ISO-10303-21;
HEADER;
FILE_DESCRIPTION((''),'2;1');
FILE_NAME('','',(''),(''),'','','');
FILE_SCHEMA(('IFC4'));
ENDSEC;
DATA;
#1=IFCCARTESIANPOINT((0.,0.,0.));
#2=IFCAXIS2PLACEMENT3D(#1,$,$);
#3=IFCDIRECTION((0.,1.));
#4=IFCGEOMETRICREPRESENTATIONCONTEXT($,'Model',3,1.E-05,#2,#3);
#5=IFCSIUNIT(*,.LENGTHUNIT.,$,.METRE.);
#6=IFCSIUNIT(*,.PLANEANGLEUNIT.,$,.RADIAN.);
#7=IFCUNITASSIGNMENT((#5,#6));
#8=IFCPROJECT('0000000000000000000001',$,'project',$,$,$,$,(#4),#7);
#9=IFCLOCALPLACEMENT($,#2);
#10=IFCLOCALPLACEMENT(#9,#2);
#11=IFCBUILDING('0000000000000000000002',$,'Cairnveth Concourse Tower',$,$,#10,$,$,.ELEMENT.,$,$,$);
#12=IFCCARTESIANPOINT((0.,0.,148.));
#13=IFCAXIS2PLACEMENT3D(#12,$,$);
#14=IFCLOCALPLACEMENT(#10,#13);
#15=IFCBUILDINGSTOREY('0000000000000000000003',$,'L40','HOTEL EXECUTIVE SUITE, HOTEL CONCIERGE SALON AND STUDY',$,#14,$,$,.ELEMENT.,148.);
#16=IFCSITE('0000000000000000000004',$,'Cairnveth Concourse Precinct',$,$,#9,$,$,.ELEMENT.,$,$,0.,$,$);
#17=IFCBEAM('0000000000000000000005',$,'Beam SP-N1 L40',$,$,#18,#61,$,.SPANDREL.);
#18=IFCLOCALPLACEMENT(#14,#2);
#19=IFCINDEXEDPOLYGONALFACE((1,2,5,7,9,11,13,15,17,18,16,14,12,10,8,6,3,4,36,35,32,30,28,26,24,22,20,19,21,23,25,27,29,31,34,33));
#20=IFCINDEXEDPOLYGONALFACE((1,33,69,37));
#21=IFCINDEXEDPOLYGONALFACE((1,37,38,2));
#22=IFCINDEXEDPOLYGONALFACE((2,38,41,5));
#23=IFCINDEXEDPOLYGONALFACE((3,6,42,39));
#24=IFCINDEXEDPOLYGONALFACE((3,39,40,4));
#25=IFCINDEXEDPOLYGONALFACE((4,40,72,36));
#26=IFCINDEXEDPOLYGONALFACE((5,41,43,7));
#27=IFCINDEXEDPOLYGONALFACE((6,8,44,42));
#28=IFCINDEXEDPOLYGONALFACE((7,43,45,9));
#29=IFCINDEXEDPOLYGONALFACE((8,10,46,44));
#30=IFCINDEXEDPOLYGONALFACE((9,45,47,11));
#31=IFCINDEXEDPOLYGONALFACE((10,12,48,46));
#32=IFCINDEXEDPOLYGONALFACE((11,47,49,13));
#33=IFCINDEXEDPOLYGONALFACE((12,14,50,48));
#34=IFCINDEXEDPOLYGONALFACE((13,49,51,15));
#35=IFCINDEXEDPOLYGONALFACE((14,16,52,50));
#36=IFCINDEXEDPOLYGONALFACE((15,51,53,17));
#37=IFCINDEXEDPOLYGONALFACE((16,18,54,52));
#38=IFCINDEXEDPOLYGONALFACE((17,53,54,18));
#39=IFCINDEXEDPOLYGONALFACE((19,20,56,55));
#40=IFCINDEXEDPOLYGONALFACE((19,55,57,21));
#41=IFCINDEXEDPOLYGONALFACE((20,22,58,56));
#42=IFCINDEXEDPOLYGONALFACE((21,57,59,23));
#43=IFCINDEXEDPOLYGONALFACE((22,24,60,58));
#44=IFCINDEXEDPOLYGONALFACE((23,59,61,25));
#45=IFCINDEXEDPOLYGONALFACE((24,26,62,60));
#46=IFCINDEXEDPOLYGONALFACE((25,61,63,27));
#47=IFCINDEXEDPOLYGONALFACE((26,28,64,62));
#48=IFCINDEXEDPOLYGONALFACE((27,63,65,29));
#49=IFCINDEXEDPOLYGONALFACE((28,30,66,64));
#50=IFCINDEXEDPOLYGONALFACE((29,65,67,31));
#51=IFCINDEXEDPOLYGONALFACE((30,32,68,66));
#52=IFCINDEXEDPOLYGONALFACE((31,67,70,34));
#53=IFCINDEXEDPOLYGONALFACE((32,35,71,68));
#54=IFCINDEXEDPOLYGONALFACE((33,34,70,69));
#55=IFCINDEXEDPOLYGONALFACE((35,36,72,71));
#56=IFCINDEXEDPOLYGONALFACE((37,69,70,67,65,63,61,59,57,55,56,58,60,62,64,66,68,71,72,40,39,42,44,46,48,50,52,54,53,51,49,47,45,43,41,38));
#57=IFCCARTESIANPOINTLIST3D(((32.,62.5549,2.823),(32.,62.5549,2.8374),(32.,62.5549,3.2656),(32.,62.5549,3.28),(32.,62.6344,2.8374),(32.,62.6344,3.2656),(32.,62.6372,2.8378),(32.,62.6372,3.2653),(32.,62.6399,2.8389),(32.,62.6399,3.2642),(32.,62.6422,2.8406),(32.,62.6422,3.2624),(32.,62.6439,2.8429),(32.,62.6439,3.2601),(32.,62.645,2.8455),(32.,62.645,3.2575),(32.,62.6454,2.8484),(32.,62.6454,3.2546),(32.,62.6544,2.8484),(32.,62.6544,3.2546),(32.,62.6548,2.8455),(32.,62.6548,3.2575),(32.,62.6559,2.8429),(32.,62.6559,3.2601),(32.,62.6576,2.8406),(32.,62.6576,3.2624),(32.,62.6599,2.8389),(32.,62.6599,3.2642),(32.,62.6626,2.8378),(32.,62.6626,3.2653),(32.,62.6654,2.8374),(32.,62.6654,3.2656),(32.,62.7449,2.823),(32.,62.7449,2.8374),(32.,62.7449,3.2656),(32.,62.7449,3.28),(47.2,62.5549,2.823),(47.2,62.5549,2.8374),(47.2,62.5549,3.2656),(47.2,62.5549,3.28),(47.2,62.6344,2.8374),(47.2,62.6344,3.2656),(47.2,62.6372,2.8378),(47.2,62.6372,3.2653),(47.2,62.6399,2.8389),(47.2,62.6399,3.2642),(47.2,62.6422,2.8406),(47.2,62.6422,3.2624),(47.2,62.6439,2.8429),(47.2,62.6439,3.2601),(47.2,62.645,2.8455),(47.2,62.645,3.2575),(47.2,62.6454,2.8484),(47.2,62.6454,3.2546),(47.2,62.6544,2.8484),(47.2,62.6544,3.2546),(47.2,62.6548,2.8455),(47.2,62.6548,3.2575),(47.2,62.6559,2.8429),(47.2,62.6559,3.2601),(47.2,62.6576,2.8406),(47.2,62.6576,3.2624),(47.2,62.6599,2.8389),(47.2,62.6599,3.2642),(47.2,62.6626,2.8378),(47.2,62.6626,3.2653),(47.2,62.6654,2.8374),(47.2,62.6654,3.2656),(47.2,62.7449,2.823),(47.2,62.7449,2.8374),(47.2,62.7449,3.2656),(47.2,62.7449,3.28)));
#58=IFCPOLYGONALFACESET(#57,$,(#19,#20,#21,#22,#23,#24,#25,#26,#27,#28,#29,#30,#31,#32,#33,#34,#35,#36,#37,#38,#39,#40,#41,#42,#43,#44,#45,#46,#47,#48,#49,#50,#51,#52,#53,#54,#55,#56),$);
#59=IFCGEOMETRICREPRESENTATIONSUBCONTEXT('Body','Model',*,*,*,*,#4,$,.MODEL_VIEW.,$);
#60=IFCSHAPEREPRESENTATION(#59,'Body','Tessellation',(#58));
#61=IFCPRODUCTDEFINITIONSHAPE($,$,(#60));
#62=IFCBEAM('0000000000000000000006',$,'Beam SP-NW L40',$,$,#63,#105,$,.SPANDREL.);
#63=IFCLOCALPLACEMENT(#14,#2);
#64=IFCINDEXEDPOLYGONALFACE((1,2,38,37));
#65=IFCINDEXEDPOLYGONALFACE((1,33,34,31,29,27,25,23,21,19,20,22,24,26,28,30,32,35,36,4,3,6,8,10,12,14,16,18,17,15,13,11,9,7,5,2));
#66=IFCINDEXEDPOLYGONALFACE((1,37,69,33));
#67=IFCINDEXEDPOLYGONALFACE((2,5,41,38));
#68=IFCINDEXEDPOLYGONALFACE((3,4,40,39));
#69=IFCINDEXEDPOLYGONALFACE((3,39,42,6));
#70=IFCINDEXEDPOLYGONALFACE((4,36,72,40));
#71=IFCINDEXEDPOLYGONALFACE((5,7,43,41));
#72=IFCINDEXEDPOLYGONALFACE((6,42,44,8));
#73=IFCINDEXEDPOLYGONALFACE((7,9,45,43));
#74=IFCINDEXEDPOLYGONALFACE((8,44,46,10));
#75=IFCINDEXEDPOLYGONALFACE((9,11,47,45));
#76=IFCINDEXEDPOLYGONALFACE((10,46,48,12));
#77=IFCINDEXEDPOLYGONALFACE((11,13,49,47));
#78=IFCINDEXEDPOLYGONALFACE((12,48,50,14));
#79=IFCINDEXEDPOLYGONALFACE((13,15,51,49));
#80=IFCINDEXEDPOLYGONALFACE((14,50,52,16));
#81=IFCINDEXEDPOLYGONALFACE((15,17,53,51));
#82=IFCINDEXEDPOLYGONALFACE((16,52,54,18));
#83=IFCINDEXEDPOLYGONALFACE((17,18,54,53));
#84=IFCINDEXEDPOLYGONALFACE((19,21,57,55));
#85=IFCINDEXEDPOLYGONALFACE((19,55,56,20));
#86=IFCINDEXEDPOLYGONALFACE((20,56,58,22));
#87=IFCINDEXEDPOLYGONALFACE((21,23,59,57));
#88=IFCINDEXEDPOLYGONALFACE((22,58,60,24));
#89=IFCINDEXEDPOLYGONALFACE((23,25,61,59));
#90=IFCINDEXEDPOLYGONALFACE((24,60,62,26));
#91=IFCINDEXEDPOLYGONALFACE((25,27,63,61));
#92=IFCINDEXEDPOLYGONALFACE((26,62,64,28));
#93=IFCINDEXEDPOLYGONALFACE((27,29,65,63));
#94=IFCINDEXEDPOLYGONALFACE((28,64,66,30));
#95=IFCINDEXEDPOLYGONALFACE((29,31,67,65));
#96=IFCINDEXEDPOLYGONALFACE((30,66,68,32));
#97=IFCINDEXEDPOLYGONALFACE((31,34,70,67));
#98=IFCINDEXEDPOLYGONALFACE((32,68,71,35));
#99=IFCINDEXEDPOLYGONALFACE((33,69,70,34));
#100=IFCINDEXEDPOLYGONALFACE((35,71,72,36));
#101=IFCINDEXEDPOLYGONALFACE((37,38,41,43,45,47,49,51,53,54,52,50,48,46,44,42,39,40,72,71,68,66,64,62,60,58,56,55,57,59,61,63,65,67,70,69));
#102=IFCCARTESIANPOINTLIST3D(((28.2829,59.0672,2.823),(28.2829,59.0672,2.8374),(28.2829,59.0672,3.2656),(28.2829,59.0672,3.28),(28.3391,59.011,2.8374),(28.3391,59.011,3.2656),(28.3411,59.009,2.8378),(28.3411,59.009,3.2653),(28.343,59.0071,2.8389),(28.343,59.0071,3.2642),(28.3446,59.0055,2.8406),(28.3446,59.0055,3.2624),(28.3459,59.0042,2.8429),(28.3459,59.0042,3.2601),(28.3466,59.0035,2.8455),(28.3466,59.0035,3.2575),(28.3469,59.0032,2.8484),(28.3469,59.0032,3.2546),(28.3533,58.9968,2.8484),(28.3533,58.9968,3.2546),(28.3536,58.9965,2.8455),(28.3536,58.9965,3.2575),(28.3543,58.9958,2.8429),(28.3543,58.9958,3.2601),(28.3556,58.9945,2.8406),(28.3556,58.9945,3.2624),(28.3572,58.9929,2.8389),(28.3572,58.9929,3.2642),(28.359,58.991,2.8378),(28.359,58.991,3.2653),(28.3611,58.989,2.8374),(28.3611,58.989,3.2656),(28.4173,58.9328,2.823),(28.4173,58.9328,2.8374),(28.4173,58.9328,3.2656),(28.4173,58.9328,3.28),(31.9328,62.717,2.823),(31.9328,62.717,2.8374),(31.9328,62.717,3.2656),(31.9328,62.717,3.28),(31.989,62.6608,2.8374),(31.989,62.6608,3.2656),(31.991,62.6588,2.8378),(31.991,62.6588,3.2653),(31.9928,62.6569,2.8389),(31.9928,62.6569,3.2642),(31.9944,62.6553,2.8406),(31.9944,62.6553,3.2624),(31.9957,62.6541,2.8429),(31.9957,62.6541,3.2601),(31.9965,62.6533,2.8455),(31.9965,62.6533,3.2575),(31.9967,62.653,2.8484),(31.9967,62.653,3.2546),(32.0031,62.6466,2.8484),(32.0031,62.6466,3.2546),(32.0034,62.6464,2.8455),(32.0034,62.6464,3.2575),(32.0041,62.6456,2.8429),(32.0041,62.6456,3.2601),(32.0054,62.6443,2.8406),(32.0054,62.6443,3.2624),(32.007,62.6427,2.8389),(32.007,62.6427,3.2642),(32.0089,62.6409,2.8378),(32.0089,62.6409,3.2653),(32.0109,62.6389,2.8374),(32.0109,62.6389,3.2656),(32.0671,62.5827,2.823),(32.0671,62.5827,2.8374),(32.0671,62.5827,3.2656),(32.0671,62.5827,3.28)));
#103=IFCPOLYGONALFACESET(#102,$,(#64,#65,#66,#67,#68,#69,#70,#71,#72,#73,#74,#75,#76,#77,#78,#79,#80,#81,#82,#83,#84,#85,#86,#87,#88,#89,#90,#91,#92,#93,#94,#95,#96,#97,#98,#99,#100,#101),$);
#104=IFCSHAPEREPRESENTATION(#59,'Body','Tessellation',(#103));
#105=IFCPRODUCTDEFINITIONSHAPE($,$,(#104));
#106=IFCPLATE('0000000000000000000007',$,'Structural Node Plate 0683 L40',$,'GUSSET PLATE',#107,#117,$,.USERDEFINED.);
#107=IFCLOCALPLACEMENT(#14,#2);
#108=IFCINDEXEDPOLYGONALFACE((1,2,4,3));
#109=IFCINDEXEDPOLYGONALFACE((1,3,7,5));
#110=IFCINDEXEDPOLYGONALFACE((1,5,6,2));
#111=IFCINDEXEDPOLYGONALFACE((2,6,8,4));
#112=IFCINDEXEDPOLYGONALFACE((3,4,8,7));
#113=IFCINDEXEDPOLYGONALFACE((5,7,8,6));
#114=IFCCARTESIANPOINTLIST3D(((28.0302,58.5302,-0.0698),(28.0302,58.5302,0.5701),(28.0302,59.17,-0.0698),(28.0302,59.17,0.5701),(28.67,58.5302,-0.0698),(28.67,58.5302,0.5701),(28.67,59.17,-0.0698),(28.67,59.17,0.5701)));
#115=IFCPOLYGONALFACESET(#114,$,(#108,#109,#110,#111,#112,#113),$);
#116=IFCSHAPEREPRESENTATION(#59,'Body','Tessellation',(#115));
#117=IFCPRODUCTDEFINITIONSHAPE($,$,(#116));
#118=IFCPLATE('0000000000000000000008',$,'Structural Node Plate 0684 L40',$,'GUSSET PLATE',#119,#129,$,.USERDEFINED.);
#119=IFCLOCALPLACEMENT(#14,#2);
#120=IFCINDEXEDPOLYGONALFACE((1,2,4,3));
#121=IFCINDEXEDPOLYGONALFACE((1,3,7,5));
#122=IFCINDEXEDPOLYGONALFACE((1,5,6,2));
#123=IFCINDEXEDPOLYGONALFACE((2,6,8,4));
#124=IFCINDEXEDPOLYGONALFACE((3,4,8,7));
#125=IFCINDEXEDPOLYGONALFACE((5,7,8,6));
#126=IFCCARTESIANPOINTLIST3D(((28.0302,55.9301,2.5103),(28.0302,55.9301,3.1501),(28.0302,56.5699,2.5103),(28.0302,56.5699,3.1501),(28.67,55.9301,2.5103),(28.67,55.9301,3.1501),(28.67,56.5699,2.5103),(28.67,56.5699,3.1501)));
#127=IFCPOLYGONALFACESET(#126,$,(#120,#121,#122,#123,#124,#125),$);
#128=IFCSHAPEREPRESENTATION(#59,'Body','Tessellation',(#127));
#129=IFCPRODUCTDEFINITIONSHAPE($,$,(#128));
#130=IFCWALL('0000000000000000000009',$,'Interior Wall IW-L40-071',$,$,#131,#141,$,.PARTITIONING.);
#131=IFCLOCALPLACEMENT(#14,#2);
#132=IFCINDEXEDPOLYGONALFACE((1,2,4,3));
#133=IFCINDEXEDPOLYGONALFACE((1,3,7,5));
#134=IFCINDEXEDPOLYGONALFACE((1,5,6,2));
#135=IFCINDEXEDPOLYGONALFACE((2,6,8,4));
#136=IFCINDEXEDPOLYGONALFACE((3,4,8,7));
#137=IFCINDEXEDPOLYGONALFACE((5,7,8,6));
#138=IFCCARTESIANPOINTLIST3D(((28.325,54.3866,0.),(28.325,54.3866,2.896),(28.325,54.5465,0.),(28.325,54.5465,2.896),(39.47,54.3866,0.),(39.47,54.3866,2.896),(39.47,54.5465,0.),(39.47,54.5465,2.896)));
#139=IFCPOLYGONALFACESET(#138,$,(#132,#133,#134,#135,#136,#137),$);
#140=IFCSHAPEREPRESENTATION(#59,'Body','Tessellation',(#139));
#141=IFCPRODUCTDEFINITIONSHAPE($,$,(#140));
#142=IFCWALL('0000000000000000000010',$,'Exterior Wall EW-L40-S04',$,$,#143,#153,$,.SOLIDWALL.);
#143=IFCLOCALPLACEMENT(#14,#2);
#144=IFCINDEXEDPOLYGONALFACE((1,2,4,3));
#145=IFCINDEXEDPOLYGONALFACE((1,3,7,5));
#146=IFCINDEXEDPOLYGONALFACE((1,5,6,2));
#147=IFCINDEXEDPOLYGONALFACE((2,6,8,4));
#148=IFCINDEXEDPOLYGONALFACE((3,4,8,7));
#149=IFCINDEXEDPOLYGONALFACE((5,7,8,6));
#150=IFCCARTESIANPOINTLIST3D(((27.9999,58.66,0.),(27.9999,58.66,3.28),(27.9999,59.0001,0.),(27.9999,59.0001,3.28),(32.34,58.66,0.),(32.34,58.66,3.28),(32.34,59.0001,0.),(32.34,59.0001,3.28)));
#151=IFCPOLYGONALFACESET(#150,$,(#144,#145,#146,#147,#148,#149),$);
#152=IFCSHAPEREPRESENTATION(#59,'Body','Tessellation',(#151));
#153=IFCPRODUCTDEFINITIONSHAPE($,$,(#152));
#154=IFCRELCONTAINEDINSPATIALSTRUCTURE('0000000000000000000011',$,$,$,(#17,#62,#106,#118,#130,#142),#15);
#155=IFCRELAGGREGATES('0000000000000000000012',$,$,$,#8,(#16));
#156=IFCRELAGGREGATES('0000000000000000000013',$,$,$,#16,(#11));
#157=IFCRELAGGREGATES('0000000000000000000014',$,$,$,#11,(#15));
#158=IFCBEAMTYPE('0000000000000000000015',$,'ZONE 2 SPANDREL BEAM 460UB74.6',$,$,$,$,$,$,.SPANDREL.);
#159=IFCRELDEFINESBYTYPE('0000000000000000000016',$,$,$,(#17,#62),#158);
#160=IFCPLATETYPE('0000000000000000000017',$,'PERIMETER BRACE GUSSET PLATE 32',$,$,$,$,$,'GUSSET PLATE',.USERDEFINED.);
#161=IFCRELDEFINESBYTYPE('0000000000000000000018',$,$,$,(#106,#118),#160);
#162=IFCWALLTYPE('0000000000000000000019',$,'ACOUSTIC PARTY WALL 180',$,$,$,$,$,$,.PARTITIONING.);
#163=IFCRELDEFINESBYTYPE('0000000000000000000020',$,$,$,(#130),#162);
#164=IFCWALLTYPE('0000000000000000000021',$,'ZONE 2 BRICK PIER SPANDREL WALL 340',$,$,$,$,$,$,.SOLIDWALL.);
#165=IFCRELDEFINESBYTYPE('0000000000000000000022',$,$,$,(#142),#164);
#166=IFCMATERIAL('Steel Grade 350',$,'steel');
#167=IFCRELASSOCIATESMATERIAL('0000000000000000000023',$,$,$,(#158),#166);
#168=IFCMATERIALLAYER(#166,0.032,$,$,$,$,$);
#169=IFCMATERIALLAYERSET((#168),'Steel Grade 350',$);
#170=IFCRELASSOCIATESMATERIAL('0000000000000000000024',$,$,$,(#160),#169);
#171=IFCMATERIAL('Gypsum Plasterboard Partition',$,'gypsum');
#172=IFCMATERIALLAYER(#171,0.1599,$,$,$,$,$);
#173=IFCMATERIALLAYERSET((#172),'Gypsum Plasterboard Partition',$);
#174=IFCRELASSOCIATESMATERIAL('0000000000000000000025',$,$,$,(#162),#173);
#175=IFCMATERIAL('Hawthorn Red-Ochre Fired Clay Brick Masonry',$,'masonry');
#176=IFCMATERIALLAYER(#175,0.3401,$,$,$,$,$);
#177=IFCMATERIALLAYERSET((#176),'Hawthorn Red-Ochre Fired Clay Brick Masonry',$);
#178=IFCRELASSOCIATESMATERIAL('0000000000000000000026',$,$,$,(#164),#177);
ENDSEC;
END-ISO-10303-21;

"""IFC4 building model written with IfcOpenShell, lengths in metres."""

from ifc_helpers import new_model, si_unit, direction, frame, frame_2d, origin, origin_2d, place, context, subcontext, project, spatial, rectangle, i_section, extrude, material, layer, layer_set, material_profile, profile_set, type_object, element, save


model = new_model("IFC4")

# Units and contexts
model_context = context("Model", 3, precision=1e-05, world=origin(), true_north=direction((0.0, 1.0)))
body_context = subcontext(model_context, "Body", "Model", "MODEL_VIEW")
ifc_project = project(units=[si_unit("LENGTHUNIT", "METRE"), si_unit("PLANEANGLEUNIT", "RADIAN")], contexts=[model_context])

# Site, building, storey
site_placement = place(None, origin())
site = spatial("IfcSite", under=ifc_project, at=site_placement, Name="Cairnveth Concourse Precinct", CompositionType="ELEMENT", RefElevation=0.0)
building_placement = place(site_placement, origin())
building = spatial("IfcBuilding", under=site, at=building_placement, Name="Cairnveth Concourse Tower", CompositionType="ELEMENT")
storey_placement = place(building_placement, frame((0.0, 0.0, 148.0)))
storey = spatial("IfcBuildingStorey", under=building, at=storey_placement, Name="L40", Description="HOTEL EXECUTIVE SUITE, HOTEL CONCIERGE SALON AND STUDY", CompositionType="ELEMENT", Elevation=148.0)

# Shared definitions
ifc_material_1 = material(Name="Steel Grade 350", Category="steel")

# Beams
ifc_material_profile_1 = material_profile(ifc_material_1, i_section(OverallWidth=0.1899, OverallDepth=0.457, WebThickness=0.009, FlangeThickness=0.0144, FilletRadius=0.011, at=origin_2d()), Name="460UB74.6")
ifc_profile_set_1 = profile_set([ifc_material_profile_1], Name="Steel Grade 350")
beam_type_1 = type_object("IfcBeamType", Name="ZONE 2 SPANDREL BEAM 460UB74.6", PredefinedType="SPANDREL", material=ifc_profile_set_1)
beam_1_placement = place(storey_placement, frame((32.0, 62.6499, 3.0515), z_axis=(1.0, 0.0, 0.0), x_axis=(0.0, 1.0, 0.0)))
element("IfcBeam", 1, at=beam_1_placement, inside=storey, type_object=beam_type_1, Name="Beam SP-N1 L40", PredefinedType="SPANDREL", context=body_context, shape_type="SweptSolid", body=[
    extrude(i_section(OverallWidth=0.1899, OverallDepth=0.457, WebThickness=0.009, FlangeThickness=0.0144, FilletRadius=0.011, at=origin_2d()), origin(), (0.0, 0.0, 1.0), 15.2),
])
beam_2_placement = place(storey_placement, frame((28.3501, 59.0, 3.0515), z_axis=(0.707107, 0.707107, 0.0), x_axis=(-0.707107, 0.707107, 0.0)))
element("IfcBeam", 2, at=beam_2_placement, inside=storey, type_object=beam_type_1, Name="Beam SP-NW L40", PredefinedType="SPANDREL", context=body_context, shape_type="SweptSolid", body=[
    extrude(i_section(OverallWidth=0.1899, OverallDepth=0.457, WebThickness=0.009, FlangeThickness=0.0144, FilletRadius=0.011, at=origin_2d()), origin(), (0.0, 0.0, 1.0), 5.1616),
])

# Plates
ifc_layer_1 = layer(ifc_material_1, 0.032)
ifc_layer_set_1 = layer_set([ifc_layer_1], Name="Steel Grade 350")
plate_type = type_object("IfcPlateType", Name="PERIMETER BRACE GUSSET PLATE 32", ElementType="GUSSET PLATE", PredefinedType="USERDEFINED", material=ifc_layer_set_1)
for number, where, z_axis, x_axis, name in (
    (3, (28.3501, 58.8501, -0.0698), (0.0, 0.0, 1.0), (1.0, 0.0, 0.0), "Structural Node Plate 0683 L40"),
    (4, (28.3501, 56.25, 2.5103), (0.0, 0.0, 1.0), (1.0, 0.0, 0.0), "Structural Node Plate 0684 L40"),
):
    element("IfcPlate", number, at=place(storey_placement, frame(where, z_axis=z_axis, x_axis=x_axis)), inside=storey, type_object=plate_type, Name=name, ObjectType="GUSSET PLATE", PredefinedType="USERDEFINED", context=body_context, shape_type="SweptSolid", body=[
        extrude(rectangle(XDim=0.6399, YDim=0.6399, at=origin_2d()), origin(), (0.0, 0.0, 1.0), 0.6399),
    ])

# Walls
ifc_material_2 = material(Name="Gypsum Plasterboard Partition", Category="gypsum")
ifc_layer_2 = layer(ifc_material_2, 0.1599)
ifc_layer_set_2 = layer_set([ifc_layer_2], Name="Gypsum Plasterboard Partition")
wall_type_1 = type_object("IfcWallType", Name="ACOUSTIC PARTY WALL 180", PredefinedType="PARTITIONING", material=ifc_layer_set_2)
wall_1_placement = place(storey_placement, frame((28.325, 54.4666, 0.0), z_axis=(0.0, 0.0, 1.0), x_axis=(1.0, 0.0, 0.0)))
element("IfcWall", 5, at=wall_1_placement, inside=storey, type_object=wall_type_1, Name="Interior Wall IW-L40-071", PredefinedType="PARTITIONING", context=body_context, shape_type="SweptSolid", body=[
    extrude(rectangle(XDim=11.145, YDim=0.1599, at=frame_2d((5.5725, 0.0))), origin(), (0.0, 0.0, 1.0), 2.896),
])
ifc_material_3 = material(Name="Hawthorn Red-Ochre Fired Clay Brick Masonry", Category="masonry")
ifc_layer_3 = layer(ifc_material_3, 0.3401)
ifc_layer_set_3 = layer_set([ifc_layer_3], Name="Hawthorn Red-Ochre Fired Clay Brick Masonry")
wall_type_2 = type_object("IfcWallType", Name="ZONE 2 BRICK PIER SPANDREL WALL 340", PredefinedType="SOLIDWALL", material=ifc_layer_set_3)
wall_2_placement = place(storey_placement, frame((28.0, 58.8301, 0.0), z_axis=(0.0, 0.0, 1.0), x_axis=(1.0, 0.0, 0.0)))
element("IfcWall", 6, at=wall_2_placement, inside=storey, type_object=wall_type_2, Name="Exterior Wall EW-L40-S04", PredefinedType="SOLIDWALL", context=body_context, shape_type="SweptSolid", body=[
    extrude(rectangle(XDim=4.3401, YDim=0.3401, at=frame_2d((2.1699, 0.0))), origin(), (0.0, 0.0, 1.0), 3.28),
])

save(model, "model.ifc")
